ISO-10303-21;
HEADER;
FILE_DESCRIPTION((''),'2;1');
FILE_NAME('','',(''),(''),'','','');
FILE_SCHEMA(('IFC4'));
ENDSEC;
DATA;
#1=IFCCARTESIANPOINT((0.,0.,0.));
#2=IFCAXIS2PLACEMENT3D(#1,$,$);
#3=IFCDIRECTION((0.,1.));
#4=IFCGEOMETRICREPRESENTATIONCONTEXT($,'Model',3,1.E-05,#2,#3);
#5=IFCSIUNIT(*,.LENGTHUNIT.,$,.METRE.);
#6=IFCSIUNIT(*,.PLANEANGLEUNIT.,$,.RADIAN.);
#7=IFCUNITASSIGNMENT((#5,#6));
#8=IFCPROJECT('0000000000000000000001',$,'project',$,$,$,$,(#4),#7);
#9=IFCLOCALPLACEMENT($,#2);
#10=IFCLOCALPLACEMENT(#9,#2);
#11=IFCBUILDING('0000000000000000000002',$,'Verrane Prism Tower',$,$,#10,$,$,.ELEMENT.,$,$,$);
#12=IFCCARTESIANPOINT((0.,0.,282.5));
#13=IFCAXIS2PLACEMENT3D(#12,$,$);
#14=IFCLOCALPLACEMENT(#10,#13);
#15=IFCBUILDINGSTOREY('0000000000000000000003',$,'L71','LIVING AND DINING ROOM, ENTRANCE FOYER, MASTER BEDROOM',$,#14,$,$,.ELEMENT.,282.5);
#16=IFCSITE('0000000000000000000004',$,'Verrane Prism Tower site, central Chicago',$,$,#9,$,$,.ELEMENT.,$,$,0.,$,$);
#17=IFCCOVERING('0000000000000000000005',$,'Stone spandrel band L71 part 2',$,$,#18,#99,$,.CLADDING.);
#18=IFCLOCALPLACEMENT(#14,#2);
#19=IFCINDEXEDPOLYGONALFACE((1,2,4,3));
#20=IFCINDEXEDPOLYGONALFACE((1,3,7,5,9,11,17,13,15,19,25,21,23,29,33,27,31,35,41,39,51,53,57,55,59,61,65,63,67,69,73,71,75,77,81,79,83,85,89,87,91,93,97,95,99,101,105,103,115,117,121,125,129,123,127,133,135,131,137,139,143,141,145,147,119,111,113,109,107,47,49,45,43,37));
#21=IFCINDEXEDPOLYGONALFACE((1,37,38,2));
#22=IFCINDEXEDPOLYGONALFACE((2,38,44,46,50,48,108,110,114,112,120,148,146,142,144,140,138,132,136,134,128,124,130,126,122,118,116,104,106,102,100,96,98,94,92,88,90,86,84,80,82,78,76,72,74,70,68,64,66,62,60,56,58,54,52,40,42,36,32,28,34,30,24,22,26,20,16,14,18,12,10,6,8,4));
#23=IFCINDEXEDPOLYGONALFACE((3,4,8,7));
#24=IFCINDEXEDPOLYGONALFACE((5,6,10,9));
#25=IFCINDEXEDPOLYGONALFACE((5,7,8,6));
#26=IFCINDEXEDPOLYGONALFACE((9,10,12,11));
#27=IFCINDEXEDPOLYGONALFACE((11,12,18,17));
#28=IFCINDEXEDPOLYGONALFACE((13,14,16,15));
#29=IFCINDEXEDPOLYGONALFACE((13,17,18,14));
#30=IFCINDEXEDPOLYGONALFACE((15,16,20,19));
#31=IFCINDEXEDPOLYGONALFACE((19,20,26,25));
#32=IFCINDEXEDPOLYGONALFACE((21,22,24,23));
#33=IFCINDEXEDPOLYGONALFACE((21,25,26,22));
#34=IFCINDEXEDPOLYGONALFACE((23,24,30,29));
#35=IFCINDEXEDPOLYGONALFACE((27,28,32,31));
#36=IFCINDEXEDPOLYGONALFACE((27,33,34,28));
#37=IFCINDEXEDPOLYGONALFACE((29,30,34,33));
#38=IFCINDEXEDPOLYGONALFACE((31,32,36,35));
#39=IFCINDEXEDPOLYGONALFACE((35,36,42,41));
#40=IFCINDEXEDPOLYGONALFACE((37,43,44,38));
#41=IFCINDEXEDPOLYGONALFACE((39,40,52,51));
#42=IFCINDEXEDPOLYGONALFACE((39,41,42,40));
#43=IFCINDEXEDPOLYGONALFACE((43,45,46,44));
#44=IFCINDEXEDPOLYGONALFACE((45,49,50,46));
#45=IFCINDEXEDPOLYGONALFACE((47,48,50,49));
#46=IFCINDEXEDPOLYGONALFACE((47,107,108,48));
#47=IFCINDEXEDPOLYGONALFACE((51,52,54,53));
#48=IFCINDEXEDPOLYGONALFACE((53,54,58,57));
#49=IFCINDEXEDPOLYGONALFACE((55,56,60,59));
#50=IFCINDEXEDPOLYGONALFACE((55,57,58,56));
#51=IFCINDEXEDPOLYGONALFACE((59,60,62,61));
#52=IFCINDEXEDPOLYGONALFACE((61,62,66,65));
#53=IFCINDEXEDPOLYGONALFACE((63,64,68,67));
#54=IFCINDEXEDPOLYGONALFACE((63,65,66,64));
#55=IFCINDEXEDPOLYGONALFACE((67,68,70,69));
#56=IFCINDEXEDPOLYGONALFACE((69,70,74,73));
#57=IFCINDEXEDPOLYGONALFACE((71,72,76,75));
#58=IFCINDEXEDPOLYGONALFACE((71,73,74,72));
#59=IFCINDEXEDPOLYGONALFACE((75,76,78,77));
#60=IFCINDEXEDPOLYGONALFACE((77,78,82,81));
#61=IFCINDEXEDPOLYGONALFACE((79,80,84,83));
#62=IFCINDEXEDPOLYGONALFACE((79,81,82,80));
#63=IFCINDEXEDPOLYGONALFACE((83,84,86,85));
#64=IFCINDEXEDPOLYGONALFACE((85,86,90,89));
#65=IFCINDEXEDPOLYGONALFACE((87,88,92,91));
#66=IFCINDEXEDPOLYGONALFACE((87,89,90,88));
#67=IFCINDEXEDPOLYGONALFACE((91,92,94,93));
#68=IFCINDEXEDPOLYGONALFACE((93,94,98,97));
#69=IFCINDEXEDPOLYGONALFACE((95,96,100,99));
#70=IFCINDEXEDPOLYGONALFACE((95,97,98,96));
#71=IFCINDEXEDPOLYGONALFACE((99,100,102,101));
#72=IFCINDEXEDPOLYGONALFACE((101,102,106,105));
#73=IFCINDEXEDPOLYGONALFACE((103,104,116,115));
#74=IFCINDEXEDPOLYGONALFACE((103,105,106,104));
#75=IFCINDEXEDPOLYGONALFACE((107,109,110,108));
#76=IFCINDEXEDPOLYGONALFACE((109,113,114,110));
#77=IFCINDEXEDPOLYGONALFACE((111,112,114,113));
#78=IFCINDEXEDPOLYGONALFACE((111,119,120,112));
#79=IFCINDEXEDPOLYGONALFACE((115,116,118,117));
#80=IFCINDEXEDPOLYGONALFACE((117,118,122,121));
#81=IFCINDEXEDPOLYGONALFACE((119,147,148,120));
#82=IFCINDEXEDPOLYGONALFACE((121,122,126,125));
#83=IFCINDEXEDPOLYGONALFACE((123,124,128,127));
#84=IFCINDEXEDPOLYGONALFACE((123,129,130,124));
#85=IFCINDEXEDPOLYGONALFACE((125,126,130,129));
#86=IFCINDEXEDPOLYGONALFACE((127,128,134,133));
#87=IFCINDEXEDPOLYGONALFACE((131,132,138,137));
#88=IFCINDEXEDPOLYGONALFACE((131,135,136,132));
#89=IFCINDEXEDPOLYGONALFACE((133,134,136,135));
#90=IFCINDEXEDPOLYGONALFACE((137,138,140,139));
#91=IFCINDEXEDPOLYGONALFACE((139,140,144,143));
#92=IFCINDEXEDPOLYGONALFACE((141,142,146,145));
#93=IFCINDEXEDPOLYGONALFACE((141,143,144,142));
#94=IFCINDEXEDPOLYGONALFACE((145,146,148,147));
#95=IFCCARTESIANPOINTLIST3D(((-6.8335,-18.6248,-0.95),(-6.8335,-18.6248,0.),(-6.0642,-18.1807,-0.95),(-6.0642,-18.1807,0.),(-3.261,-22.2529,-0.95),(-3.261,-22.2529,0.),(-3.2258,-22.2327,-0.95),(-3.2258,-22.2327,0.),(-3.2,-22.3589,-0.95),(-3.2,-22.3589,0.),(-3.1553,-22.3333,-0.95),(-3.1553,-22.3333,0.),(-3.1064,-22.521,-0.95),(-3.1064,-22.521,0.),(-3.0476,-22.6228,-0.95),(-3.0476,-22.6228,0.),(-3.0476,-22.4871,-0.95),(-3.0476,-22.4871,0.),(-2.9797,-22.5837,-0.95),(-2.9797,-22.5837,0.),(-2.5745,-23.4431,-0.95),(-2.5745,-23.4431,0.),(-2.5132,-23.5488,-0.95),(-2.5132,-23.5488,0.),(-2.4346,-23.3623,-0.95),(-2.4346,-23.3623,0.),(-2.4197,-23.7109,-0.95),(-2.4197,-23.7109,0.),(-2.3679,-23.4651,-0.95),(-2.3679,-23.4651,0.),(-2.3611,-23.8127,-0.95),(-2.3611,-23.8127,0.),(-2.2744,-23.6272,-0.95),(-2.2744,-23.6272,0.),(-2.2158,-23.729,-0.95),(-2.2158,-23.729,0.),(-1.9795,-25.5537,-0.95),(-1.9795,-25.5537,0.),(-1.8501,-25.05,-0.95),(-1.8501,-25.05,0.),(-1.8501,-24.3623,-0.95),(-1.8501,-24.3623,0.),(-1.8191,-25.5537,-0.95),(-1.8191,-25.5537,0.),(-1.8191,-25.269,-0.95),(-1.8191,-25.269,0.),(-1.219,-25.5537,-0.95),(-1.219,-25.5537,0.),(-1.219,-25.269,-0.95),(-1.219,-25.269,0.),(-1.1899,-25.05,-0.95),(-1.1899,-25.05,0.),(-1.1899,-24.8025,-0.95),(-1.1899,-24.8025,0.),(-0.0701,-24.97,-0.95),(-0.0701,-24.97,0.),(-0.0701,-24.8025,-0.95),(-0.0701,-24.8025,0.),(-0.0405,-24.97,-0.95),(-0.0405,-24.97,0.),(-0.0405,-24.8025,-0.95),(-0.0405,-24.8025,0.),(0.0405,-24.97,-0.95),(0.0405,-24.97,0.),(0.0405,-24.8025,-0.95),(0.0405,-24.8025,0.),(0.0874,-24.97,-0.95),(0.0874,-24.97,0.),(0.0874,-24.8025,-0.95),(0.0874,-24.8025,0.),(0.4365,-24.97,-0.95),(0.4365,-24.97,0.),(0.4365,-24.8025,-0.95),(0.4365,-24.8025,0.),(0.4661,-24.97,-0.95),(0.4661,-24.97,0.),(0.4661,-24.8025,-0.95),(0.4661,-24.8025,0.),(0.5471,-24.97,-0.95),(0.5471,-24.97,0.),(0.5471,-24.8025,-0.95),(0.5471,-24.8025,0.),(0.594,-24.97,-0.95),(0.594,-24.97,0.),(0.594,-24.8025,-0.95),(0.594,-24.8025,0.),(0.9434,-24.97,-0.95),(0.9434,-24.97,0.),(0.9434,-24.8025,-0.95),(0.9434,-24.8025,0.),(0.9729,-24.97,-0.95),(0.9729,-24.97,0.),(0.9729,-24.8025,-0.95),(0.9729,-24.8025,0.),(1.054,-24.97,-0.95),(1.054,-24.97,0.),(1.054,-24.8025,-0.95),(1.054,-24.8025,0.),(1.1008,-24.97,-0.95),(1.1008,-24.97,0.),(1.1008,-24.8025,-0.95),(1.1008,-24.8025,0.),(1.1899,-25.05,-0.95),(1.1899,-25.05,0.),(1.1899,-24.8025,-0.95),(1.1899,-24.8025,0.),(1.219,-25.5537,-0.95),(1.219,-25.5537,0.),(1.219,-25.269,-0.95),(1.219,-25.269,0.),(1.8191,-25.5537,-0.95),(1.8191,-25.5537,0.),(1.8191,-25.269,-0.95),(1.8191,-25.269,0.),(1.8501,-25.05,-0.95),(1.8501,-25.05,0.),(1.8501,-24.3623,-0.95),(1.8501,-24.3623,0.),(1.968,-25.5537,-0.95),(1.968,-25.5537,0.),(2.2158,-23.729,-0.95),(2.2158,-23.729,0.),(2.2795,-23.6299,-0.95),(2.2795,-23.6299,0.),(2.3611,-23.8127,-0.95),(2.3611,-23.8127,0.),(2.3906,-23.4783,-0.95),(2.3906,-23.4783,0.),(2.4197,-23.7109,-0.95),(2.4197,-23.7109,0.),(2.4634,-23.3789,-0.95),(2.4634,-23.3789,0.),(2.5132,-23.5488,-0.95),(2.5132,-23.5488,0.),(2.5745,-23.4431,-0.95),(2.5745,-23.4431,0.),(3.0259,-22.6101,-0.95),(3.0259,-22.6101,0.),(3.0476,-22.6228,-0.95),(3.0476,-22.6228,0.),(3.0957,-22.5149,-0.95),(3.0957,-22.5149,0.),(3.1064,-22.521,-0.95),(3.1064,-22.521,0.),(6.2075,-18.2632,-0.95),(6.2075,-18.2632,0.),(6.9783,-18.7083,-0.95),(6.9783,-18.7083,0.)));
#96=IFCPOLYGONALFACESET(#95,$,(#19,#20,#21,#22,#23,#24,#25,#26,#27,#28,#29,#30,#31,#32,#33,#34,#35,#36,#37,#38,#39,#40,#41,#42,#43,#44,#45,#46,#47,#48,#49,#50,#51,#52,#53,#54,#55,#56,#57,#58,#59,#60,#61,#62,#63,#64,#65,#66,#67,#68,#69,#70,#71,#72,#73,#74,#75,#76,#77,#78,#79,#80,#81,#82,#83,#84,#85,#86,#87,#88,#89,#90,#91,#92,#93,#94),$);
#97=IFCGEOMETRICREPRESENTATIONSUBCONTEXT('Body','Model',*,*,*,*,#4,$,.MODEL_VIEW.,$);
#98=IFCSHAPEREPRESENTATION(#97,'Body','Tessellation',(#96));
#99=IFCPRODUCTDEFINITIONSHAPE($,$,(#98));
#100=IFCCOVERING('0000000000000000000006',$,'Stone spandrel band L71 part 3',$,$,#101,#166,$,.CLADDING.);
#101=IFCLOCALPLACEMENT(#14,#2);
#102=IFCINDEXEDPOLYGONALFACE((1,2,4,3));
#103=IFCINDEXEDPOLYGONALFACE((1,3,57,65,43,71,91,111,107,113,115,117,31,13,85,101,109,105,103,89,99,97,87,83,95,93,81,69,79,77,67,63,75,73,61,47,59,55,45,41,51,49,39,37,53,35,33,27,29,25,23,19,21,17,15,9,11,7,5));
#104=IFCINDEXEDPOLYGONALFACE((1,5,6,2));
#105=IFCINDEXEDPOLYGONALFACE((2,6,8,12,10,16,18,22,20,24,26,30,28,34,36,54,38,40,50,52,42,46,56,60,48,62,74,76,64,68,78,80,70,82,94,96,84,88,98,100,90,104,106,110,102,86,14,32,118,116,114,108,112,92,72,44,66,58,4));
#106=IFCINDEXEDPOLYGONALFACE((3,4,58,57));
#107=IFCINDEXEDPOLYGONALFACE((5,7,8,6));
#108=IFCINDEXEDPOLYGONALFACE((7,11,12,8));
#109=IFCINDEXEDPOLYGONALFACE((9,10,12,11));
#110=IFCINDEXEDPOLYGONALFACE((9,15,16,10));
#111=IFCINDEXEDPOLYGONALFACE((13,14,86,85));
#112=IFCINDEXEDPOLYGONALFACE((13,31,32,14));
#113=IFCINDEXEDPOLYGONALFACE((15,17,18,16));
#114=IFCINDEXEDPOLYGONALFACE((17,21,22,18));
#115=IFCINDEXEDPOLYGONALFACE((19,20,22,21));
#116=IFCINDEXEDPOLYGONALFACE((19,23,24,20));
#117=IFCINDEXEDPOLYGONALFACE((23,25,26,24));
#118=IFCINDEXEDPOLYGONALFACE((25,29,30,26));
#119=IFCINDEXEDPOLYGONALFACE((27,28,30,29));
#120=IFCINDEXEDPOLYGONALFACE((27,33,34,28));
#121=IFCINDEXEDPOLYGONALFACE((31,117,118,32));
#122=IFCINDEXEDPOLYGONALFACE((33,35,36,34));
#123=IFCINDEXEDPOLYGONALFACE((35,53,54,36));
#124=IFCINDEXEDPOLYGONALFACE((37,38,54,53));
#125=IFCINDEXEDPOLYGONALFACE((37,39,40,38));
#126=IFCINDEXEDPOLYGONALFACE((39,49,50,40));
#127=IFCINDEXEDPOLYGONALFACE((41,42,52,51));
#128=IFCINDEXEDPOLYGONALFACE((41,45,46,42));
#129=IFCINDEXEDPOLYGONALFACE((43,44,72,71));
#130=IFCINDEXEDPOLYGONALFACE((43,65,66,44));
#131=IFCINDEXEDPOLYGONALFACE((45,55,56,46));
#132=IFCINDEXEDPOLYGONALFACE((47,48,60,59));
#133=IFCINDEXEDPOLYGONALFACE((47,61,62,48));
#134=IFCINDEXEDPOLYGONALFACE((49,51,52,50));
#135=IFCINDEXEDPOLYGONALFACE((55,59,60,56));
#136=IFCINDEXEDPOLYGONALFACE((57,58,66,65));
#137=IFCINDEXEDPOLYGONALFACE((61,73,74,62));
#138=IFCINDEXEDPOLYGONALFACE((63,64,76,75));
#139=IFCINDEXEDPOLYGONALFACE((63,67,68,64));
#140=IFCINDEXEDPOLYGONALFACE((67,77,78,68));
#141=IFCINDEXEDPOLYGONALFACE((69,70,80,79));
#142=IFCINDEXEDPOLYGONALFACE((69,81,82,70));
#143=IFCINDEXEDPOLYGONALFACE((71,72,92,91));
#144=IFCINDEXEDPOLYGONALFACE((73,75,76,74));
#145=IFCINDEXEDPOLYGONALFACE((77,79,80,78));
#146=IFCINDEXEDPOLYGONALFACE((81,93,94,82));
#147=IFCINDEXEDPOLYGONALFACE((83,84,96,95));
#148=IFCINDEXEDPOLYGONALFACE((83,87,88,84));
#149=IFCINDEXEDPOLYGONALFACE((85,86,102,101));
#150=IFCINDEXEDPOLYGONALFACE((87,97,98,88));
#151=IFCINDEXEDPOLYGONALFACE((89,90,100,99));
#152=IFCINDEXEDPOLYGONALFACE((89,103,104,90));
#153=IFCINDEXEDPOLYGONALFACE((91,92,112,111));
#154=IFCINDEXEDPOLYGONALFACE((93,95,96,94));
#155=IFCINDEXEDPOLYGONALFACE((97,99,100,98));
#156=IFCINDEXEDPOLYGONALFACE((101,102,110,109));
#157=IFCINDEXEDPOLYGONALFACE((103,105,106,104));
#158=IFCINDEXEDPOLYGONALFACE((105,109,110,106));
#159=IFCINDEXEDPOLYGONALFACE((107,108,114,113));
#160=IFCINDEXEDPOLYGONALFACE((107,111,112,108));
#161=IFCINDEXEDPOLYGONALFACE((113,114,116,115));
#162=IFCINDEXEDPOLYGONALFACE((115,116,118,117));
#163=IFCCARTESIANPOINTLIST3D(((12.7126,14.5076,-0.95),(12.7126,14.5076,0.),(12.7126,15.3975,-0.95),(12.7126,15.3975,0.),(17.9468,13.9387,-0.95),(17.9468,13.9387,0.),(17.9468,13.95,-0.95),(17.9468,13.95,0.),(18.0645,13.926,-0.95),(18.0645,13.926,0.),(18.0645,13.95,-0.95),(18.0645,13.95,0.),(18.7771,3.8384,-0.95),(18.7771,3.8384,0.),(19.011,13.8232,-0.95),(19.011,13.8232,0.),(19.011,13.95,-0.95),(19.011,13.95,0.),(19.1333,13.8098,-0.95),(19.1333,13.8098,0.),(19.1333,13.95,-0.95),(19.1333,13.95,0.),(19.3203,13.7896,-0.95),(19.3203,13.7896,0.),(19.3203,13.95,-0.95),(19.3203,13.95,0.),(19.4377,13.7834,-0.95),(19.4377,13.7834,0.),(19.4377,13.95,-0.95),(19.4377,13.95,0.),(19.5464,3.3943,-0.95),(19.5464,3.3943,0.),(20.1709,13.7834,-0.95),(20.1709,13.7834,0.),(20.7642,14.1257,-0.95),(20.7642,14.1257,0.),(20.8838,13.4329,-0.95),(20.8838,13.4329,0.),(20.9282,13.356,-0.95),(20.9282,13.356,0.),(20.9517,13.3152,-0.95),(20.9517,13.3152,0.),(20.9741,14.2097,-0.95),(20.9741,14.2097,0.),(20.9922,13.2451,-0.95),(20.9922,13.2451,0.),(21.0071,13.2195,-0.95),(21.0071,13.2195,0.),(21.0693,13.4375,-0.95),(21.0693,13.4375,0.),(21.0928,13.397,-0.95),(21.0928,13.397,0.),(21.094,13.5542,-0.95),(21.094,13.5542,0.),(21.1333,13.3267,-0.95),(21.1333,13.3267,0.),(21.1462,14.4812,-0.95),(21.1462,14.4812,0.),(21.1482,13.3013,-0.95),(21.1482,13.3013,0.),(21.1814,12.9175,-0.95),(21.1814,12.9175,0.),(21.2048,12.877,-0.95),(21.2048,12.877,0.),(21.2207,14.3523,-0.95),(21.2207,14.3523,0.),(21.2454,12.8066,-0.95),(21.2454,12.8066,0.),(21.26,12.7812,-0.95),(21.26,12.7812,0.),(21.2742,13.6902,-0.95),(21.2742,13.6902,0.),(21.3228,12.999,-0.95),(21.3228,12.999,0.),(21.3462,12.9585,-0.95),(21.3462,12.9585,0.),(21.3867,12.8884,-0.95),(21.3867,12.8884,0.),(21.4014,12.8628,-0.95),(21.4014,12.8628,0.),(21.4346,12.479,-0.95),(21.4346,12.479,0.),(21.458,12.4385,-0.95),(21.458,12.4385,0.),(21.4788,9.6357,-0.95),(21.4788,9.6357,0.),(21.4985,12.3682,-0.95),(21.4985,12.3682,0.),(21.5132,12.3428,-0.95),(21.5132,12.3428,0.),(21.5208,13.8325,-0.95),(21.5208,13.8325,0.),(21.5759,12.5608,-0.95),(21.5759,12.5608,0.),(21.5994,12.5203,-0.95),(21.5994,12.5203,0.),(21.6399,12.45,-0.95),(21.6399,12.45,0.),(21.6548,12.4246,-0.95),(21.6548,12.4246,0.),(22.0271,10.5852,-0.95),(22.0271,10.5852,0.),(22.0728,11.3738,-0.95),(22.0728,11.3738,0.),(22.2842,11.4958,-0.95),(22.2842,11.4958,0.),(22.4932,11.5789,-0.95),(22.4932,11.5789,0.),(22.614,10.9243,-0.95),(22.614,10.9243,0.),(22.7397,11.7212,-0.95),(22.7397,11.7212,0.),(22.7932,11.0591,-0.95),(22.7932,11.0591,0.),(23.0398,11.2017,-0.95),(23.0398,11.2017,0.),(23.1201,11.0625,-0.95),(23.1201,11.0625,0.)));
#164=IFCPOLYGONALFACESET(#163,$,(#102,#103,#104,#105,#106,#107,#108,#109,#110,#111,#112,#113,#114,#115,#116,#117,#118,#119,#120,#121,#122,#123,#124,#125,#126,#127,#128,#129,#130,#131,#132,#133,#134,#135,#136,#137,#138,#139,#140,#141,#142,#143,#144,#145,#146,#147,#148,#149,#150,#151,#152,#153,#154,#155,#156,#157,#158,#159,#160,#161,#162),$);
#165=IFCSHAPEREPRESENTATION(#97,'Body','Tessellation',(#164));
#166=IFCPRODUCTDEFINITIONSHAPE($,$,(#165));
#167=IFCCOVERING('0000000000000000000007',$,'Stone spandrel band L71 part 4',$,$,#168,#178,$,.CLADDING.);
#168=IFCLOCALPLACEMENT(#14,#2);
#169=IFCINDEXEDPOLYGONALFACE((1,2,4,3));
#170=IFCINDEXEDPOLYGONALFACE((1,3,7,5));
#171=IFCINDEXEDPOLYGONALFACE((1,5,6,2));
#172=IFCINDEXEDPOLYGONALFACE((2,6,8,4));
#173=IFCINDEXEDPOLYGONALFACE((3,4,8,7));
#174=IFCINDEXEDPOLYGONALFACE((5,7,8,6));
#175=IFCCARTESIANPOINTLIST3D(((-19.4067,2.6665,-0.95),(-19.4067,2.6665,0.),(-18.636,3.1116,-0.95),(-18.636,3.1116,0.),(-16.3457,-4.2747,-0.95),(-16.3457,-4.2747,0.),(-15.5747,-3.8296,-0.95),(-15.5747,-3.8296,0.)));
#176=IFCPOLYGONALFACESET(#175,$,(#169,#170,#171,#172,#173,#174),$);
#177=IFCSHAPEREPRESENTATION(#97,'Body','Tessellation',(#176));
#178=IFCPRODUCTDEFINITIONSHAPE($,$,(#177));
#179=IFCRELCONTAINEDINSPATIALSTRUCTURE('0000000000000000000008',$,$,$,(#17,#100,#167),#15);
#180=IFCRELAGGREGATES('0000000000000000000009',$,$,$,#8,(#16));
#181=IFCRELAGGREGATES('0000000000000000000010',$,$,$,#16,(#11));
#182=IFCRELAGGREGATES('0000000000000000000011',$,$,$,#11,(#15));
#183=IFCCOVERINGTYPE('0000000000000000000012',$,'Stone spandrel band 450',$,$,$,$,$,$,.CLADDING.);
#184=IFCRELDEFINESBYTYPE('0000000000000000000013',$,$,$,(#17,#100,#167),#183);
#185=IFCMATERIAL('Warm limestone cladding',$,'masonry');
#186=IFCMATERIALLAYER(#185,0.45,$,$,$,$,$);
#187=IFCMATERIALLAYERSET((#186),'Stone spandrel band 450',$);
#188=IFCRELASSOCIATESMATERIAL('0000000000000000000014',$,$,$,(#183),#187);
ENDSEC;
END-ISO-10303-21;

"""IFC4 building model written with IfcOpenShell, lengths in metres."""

from ifc_helpers import new_model, si_unit, direction, frame, origin, place, context, subcontext, project, spatial, polyline, outline, extrude, material, layer, layer_set, type_object, element, save


model = new_model("IFC4")

# Units and contexts
model_context = context("Model", 3, precision=1e-05, world=origin(), true_north=direction((0.0, 1.0)))
body_context = subcontext(model_context, "Body", "Model", "MODEL_VIEW")
ifc_project = project(units=[si_unit("LENGTHUNIT", "METRE"), si_unit("PLANEANGLEUNIT", "RADIAN")], contexts=[model_context])

# Site, building, storey
site_placement = place(None, origin())
site = spatial("IfcSite", under=ifc_project, at=site_placement, Name="Verrane Prism Tower site, central Chicago", CompositionType="ELEMENT", RefElevation=0.0)
building_placement = place(site_placement, origin())
building = spatial("IfcBuilding", under=site, at=building_placement, Name="Verrane Prism Tower", CompositionType="ELEMENT")
storey_placement = place(building_placement, frame((0.0, 0.0, 282.5)))
storey = spatial("IfcBuildingStorey", under=building, at=storey_placement, Name="L71", Description="LIVING AND DINING ROOM, ENTRANCE FOYER, MASTER BEDROOM", CompositionType="ELEMENT", Elevation=282.5)

# Coverings
ifc_material_1 = material(Name="Warm limestone cladding", Category="masonry")
ifc_layer_1 = layer(ifc_material_1, 0.45)
ifc_layer_set_1 = layer_set([ifc_layer_1], Name="Stone spandrel band 450")
covering_type = type_object("IfcCoveringType", Name="Stone spandrel band 450", PredefinedType="CLADDING", material=ifc_layer_set_1)
covering_1_placement = place(storey_placement, frame((0.0, 0.0, -0.95)))
element("IfcCovering", 1, at=covering_1_placement, inside=storey, type_object=covering_type, Name="Stone spandrel band L71 part 2", PredefinedType="CLADDING", context=body_context, shape_type="SweptSolid", body=[
    extrude(outline(polyline([(1.968, -25.5537), (6.9783, -18.7083), (6.2075, -18.2632), (3.0957, -22.5149), (3.1064, -22.521), (3.0476, -22.6228), (3.0259, -22.6101), (2.4634, -23.3789), (2.5745, -23.4431), (2.5132, -23.5488), (2.3906, -23.4783), (2.2795, -23.6299), (2.4197, -23.7109), (2.3611, -23.8127), (2.2158, -23.729), (1.8501, -24.3623), (1.8501, -25.05), (1.1899, -25.05), (1.1899, -24.8025), (1.1008, -24.8025), (1.1008, -24.97), (1.054, -24.97), (1.054, -24.8025), (0.9729, -24.8025), (0.9729, -24.97), (0.9434, -24.97), (0.9434, -24.8025), (0.594, -24.8025), (0.594, -24.97), (0.5471, -24.97), (0.5471, -24.8025), (0.4661, -24.8025), (0.4661, -24.97), (0.4365, -24.97), (0.4365, -24.8025), (0.0874, -24.8025), (0.0874, -24.97), (0.0405, -24.97), (0.0405, -24.8025), (-0.0405, -24.8025), (-0.0405, -24.97), (-0.0701, -24.97), (-0.0701, -24.8025), (-1.1899, -24.8025), (-1.1899, -25.05), (-1.8501, -25.05), (-1.8501, -24.3623), (-2.2158, -23.729), (-2.3611, -23.8127), (-2.4197, -23.7109), (-2.2744, -23.6272), (-2.3679, -23.4651), (-2.5132, -23.5488), (-2.5745, -23.4431), (-2.4346, -23.3623), (-2.9797, -22.5837), (-3.0476, -22.6228), (-3.1064, -22.521), (-3.0476, -22.4871), (-3.1553, -22.3333), (-3.2, -22.3589), (-3.261, -22.2529), (-3.2258, -22.2327), (-6.0642, -18.1807), (-6.8335, -18.6248), (-1.9795, -25.5537), (-1.8191, -25.5537), (-1.8191, -25.269), (-1.219, -25.269), (-1.219, -25.5537), (1.219, -25.5537), (1.219, -25.269), (1.8191, -25.269), (1.8191, -25.5537), (1.968, -25.5537)])), origin(), (0.0, 0.0, 1.0), 0.95),
])
covering_2_placement = place(storey_placement, frame((0.0, 0.0, -0.95)))
element("IfcCovering", 2, at=covering_2_placement, inside=storey, type_object=covering_type, Name="Stone spandrel band L71 part 3", PredefinedType="CLADDING", context=body_context, shape_type="SweptSolid", body=[
    extrude(outline(polyline([(12.7126, 14.5076), (17.9468, 13.9387), (17.9468, 13.95), (18.0645, 13.95), (18.0645, 13.926), (19.011, 13.8232), (19.011, 13.95), (19.1333, 13.95), (19.1333, 13.8098), (19.3203, 13.7896), (19.3203, 13.95), (19.4377, 13.95), (19.4377, 13.7834), (20.1709, 13.7834), (20.7642, 14.1257), (21.094, 13.5542), (20.8838, 13.4329), (20.9282, 13.356), (21.0693, 13.4375), (21.0928, 13.397), (20.9517, 13.3152), (20.9922, 13.2451), (21.1333, 13.3267), (21.1482, 13.3013), (21.0071, 13.2195), (21.1814, 12.9175), (21.3228, 12.999), (21.3462, 12.9585), (21.2048, 12.877), (21.2454, 12.8066), (21.3867, 12.8884), (21.4014, 12.8628), (21.26, 12.7812), (21.4346, 12.479), (21.5759, 12.5608), (21.5994, 12.5203), (21.458, 12.4385), (21.4985, 12.3682), (21.6399, 12.45), (21.6548, 12.4246), (21.5132, 12.3428), (22.0728, 11.3738), (22.2842, 11.4958), (22.614, 10.9243), (22.0271, 10.5852), (21.4788, 9.6357), (18.7771, 3.8384), (19.5464, 3.3943), (23.1201, 11.0625), (23.0398, 11.2017), (22.7932, 11.0591), (22.4932, 11.5789), (22.7397, 11.7212), (21.5208, 13.8325), (21.2742, 13.6902), (20.9741, 14.2097), (21.2207, 14.3523), (21.1462, 14.4812), (12.7126, 15.3975), (12.7126, 14.5076)])), origin(), (0.0, 0.0, 1.0), 0.95),
])
covering_3_placement = place(storey_placement, frame((0.0, 0.0, -0.95)))
element("IfcCovering", 3, at=covering_3_placement, inside=storey, type_object=covering_type, Name="Stone spandrel band L71 part 4", PredefinedType="CLADDING", context=body_context, shape_type="SweptSolid", body=[
    extrude(outline(polyline([(-15.5747, -3.8296), (-18.636, 3.1116), (-19.4067, 2.6665), (-16.3457, -4.2747), (-15.5747, -3.8296)])), origin(), (0.0, 0.0, 1.0), 0.95),
])

save(model, "model.ifc")
